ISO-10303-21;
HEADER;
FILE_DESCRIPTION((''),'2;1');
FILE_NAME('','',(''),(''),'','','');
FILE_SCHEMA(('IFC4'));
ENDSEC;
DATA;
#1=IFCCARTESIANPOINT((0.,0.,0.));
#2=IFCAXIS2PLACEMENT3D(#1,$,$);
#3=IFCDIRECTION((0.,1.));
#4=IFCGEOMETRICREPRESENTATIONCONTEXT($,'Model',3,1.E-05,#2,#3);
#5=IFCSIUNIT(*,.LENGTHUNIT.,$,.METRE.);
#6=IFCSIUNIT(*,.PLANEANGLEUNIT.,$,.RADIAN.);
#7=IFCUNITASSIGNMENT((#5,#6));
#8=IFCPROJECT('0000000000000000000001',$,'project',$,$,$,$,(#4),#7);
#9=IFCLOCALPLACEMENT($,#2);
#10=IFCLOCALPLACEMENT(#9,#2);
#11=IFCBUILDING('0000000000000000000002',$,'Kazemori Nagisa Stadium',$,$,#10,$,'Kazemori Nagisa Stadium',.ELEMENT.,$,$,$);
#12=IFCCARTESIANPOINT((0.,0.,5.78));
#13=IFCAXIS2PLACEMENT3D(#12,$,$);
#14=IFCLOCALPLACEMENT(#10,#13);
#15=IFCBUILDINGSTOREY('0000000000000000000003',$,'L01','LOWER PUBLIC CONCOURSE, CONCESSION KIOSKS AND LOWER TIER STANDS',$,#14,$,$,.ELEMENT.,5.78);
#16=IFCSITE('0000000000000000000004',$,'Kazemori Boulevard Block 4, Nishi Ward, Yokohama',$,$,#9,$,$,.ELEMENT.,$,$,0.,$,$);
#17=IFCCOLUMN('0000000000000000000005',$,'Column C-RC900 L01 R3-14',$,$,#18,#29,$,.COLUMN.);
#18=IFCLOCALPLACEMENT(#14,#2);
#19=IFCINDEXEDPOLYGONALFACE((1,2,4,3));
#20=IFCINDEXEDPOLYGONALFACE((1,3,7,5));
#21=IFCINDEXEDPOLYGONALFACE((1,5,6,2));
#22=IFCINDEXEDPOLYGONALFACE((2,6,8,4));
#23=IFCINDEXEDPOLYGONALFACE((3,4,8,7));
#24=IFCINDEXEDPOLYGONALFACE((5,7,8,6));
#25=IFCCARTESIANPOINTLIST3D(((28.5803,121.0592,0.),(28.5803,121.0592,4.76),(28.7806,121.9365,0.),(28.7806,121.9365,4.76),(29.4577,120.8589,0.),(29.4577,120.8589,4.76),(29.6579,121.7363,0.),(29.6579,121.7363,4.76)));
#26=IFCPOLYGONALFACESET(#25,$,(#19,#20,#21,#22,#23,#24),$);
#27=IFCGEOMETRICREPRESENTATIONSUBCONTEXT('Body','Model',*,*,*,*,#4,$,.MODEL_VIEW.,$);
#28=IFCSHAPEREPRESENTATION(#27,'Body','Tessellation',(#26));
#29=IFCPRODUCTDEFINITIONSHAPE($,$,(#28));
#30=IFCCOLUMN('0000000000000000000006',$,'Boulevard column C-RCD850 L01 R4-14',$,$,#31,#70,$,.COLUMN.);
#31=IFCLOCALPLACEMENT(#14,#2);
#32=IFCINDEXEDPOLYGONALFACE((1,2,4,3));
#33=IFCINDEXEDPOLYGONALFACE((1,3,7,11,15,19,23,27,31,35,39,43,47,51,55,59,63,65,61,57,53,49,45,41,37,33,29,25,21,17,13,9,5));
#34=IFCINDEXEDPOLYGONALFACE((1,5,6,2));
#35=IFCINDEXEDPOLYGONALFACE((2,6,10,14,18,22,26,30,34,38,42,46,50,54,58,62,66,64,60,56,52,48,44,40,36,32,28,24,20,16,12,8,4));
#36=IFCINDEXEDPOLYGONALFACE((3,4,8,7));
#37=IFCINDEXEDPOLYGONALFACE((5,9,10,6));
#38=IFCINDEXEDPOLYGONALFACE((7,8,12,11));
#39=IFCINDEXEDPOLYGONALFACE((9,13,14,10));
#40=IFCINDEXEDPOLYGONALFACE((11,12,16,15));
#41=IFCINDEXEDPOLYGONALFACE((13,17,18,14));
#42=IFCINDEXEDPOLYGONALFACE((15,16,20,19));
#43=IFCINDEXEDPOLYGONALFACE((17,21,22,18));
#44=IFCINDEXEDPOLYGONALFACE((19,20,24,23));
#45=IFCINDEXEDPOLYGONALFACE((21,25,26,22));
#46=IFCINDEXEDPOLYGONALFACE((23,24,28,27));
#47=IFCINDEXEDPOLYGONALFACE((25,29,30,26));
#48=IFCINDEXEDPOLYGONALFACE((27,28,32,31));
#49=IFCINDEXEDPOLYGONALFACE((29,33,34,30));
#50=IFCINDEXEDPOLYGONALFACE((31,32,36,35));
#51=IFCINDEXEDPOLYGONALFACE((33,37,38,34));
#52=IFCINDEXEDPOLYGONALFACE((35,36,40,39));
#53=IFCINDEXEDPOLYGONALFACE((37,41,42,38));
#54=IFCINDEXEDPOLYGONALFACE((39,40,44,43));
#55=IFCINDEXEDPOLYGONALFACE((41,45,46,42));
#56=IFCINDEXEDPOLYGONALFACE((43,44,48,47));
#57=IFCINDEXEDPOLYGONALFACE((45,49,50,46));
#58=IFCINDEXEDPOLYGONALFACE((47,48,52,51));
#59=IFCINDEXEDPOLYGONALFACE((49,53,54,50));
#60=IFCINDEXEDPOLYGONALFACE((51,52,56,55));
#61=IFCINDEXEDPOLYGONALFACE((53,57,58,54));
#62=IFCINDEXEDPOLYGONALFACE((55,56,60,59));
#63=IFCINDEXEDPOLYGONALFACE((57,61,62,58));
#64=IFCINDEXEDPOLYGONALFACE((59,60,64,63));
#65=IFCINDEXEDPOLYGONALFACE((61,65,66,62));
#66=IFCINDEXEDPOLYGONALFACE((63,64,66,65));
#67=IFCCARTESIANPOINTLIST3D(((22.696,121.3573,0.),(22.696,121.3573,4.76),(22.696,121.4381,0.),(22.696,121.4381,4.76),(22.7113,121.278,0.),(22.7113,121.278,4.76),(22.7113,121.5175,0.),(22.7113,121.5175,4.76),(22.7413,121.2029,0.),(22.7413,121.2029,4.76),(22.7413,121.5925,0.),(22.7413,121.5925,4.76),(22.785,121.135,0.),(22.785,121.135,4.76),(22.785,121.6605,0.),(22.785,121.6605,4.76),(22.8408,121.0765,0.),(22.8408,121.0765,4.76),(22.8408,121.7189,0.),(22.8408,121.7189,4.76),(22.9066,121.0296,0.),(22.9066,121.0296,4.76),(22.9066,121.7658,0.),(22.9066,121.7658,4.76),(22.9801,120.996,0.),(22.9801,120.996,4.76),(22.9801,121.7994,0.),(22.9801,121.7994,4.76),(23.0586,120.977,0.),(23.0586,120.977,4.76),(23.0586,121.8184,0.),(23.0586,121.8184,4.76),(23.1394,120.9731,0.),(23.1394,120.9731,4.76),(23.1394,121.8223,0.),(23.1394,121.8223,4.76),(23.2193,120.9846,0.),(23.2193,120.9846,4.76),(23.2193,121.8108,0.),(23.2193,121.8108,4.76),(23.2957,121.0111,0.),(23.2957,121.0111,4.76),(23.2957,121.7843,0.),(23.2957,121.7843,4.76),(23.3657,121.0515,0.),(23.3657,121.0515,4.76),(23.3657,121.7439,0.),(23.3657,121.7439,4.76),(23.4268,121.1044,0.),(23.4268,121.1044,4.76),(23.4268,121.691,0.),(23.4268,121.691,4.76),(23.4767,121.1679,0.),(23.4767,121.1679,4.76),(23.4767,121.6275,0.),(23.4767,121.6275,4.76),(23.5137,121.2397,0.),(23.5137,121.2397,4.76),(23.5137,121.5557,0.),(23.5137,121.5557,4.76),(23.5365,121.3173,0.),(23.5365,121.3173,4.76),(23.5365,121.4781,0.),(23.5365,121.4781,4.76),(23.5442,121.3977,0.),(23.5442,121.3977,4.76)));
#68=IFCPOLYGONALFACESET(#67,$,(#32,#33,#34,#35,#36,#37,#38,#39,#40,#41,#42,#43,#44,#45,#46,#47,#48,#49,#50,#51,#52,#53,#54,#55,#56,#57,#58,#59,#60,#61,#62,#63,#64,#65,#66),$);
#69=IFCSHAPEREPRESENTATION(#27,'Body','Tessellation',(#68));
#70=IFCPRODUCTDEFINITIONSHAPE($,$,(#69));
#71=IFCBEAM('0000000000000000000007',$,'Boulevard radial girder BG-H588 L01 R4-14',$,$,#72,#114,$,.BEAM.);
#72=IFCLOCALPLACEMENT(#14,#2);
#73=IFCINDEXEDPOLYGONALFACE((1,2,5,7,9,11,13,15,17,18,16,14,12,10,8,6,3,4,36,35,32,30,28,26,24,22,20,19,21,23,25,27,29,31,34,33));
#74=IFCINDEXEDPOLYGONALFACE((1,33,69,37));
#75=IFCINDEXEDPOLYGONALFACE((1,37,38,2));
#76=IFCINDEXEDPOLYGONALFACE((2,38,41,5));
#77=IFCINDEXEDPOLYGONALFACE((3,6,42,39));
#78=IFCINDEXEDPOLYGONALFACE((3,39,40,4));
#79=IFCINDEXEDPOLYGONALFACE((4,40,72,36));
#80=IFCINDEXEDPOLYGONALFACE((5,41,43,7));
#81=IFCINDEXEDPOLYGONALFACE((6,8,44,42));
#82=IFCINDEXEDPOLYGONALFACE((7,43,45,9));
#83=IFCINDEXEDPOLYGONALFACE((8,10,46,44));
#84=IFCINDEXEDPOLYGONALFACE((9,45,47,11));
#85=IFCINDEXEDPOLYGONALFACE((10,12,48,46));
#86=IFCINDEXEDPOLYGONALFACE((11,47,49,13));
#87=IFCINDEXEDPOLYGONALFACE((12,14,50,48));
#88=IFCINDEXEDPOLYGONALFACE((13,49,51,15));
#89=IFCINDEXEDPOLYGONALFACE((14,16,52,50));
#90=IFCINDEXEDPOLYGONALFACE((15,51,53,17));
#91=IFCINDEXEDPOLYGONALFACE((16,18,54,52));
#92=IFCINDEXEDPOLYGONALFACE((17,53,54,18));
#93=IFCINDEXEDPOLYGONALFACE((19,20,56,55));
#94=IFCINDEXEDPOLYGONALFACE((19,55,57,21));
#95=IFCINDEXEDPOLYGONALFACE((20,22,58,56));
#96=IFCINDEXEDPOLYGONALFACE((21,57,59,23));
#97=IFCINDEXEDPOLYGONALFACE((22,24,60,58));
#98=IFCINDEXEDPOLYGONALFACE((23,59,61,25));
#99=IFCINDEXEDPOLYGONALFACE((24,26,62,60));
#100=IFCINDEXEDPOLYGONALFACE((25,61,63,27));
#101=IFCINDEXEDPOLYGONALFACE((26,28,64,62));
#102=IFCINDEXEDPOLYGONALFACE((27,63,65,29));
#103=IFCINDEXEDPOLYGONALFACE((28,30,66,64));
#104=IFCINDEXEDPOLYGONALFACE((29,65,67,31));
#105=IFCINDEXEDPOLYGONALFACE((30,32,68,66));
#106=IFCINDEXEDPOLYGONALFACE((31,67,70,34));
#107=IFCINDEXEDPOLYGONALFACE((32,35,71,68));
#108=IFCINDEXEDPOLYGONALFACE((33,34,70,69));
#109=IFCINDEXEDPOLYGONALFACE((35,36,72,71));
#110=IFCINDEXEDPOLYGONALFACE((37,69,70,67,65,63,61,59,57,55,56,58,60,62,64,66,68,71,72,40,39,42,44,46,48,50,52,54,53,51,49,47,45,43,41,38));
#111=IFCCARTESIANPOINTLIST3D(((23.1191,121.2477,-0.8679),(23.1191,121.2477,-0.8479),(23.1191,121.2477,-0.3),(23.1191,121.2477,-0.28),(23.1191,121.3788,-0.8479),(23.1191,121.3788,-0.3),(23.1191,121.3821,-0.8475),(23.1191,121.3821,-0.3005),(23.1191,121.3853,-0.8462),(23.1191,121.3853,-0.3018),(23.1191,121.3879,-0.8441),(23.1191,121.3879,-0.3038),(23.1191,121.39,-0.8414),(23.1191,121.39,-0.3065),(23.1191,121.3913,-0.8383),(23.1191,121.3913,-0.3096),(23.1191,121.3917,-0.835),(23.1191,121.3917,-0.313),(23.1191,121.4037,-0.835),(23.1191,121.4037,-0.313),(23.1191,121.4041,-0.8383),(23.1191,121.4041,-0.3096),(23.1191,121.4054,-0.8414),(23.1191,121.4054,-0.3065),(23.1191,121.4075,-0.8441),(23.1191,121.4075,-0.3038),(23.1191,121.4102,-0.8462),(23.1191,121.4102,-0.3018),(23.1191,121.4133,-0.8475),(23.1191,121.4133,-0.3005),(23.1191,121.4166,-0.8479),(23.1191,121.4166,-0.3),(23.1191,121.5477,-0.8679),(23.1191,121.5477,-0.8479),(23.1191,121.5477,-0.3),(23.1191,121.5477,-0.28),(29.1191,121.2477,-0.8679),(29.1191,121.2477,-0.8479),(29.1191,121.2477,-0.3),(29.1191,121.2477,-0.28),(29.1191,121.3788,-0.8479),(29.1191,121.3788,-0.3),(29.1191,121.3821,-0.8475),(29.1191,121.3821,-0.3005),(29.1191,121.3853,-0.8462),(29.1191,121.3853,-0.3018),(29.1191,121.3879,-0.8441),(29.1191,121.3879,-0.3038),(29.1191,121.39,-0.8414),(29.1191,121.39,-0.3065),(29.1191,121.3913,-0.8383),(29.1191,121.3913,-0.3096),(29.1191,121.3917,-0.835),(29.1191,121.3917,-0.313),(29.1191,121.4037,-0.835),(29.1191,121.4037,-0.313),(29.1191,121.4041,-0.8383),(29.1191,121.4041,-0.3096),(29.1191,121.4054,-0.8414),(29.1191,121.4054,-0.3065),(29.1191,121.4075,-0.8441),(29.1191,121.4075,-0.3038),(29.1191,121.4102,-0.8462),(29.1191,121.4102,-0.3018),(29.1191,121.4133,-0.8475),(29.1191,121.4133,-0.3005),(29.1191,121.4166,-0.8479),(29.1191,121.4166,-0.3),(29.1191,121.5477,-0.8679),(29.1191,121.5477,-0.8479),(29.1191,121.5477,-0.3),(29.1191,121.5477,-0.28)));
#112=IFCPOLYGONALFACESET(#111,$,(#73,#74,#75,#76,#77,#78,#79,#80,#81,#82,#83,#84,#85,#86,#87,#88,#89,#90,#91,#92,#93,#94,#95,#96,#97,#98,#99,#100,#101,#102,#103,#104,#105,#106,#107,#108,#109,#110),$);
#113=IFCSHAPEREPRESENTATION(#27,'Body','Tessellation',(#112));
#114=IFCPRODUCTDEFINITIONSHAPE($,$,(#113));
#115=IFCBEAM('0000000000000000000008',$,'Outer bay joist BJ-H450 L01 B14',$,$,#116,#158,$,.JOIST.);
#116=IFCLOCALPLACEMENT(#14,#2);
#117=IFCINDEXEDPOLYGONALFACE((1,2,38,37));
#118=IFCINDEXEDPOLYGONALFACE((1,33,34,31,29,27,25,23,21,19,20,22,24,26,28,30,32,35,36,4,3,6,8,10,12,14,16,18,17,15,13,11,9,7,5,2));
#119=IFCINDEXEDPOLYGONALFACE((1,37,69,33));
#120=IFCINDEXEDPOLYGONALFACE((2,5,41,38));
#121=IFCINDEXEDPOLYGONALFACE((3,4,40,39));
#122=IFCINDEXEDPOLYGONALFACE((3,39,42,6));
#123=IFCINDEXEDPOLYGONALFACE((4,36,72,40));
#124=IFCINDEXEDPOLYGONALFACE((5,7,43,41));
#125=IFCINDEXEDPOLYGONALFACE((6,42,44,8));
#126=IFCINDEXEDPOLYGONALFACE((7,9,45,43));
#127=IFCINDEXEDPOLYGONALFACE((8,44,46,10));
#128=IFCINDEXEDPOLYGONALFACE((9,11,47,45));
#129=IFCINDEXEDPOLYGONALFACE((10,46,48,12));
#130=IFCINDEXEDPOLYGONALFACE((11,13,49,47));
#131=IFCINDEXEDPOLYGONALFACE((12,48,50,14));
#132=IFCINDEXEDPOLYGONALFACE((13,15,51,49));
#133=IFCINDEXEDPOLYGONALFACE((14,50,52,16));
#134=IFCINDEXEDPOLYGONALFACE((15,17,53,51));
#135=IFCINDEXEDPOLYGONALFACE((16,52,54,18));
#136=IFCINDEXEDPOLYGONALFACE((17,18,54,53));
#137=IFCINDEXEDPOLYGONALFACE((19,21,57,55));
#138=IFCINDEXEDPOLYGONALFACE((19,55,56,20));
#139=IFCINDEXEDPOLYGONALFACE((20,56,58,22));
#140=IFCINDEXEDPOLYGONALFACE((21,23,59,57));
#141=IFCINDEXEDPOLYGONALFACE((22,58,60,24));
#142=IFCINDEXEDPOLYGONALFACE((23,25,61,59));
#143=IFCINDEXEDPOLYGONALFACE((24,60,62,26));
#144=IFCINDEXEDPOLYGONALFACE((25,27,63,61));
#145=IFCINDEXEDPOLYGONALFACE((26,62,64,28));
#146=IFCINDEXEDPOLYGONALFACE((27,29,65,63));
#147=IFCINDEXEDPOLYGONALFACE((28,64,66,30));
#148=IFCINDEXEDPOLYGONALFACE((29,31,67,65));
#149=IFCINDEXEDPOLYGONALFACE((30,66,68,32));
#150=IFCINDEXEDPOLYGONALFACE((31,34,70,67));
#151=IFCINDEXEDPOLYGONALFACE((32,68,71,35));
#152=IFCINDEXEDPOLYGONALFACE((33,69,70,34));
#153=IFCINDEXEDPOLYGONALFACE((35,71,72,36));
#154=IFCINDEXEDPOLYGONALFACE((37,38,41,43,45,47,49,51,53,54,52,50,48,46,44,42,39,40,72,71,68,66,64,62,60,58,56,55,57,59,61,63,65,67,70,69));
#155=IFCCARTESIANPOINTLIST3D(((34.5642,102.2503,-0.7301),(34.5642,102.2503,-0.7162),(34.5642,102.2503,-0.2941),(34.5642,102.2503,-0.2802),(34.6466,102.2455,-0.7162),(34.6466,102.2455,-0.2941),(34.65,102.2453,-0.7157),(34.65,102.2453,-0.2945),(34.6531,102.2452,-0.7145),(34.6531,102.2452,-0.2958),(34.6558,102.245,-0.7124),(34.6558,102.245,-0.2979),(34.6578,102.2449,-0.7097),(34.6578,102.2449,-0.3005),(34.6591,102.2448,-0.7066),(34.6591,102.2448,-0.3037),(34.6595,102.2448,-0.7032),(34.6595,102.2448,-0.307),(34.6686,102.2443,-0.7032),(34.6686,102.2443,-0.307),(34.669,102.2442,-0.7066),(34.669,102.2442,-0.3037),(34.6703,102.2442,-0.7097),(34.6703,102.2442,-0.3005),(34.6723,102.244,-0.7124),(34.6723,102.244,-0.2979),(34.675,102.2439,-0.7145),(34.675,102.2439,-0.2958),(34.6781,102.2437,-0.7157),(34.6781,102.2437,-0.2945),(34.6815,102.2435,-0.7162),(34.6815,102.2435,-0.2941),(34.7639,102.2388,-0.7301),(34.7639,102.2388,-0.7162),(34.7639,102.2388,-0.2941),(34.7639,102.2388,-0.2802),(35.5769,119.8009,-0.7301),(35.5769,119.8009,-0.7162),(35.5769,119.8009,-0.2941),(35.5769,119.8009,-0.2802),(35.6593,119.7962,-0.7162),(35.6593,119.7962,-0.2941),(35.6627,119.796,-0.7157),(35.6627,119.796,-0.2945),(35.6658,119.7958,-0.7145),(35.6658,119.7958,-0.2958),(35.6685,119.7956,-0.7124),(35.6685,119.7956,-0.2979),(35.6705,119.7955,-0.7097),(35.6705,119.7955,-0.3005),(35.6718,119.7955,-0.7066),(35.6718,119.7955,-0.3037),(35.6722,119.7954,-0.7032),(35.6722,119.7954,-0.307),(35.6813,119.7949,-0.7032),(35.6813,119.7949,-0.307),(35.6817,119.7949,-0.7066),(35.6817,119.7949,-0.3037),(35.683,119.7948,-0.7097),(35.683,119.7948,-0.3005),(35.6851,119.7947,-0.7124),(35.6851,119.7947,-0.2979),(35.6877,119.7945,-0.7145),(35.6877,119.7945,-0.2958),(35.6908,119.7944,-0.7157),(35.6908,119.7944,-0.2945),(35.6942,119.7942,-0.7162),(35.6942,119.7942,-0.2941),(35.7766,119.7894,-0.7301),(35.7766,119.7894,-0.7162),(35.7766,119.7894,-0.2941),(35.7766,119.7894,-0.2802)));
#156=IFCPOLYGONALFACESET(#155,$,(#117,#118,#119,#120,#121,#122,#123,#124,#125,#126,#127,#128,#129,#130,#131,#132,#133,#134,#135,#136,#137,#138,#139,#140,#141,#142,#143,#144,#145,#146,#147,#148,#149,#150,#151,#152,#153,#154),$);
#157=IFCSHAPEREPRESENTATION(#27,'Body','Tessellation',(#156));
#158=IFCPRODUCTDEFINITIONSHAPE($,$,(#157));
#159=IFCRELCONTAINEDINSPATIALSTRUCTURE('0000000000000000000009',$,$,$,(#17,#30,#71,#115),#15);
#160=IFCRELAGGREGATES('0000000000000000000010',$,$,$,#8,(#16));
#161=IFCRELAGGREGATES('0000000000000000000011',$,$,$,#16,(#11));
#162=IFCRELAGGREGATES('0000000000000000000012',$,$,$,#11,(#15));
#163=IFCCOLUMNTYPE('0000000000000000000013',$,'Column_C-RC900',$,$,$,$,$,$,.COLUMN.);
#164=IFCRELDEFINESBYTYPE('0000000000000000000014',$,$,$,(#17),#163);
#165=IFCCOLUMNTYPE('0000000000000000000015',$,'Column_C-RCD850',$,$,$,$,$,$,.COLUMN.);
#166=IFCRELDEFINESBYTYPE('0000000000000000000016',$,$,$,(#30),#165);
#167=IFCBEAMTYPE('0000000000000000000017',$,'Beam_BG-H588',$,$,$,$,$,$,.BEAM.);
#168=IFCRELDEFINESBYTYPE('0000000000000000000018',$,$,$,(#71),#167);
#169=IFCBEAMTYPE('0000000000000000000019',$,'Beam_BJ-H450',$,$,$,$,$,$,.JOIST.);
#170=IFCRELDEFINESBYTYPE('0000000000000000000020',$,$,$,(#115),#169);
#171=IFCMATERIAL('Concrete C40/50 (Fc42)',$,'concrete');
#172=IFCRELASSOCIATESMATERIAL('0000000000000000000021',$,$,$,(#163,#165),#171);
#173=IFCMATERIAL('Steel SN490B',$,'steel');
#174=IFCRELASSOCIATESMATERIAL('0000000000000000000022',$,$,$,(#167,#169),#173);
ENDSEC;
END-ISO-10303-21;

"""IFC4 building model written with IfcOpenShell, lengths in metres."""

from ifc_helpers import new_model, si_unit, direction, frame, origin, origin_2d, place, context, subcontext, project, spatial, rectangle, circle, i_section, extrude, material, material_profile, profile_set, type_object, element, save


model = new_model("IFC4")

# Units and contexts
model_context = context("Model", 3, precision=1e-05, world=origin(), true_north=direction((0.0, 1.0)))
body_context = subcontext(model_context, "Body", "Model", "MODEL_VIEW")
ifc_project = project(units=[si_unit("LENGTHUNIT", "METRE"), si_unit("PLANEANGLEUNIT", "RADIAN")], contexts=[model_context])

# Site, building, storey
site_placement = place(None, origin())
site = spatial("IfcSite", under=ifc_project, at=site_placement, Name="Kazemori Boulevard Block 4, Nishi Ward, Yokohama", CompositionType="ELEMENT", RefElevation=0.0)
building_placement = place(site_placement, origin())
building = spatial("IfcBuilding", under=site, at=building_placement, Name="Kazemori Nagisa Stadium", LongName="Kazemori Nagisa Stadium", CompositionType="ELEMENT")
storey_placement = place(building_placement, frame((0.0, 0.0, 5.78)))
storey = spatial("IfcBuildingStorey", under=building, at=storey_placement, Name="L01", Description="LOWER PUBLIC CONCOURSE, CONCESSION KIOSKS AND LOWER TIER STANDS", CompositionType="ELEMENT", Elevation=5.78)

# Columns
ifc_material_1 = material(Name="Concrete C40/50 (Fc42)", Category="concrete")
ifc_material_profile_1 = material_profile(ifc_material_1, rectangle(XDim=0.8999, YDim=0.8999, at=origin_2d()), Name="RC-COL-900x900")
ifc_profile_set_1 = profile_set([ifc_material_profile_1], Name="Concrete C40/50 (Fc42)")
column_type_1 = type_object("IfcColumnType", Name="Column_C-RC900", PredefinedType="COLUMN", material=ifc_profile_set_1)
column_1_placement = place(storey_placement, frame((29.1191, 121.3977, 0.0), z_axis=(0.0, 0.0, 1.0), x_axis=(-0.974928, 0.222521, 0.0)))
element("IfcColumn", 1, at=column_1_placement, inside=storey, type_object=column_type_1, Name="Column C-RC900 L01 R3-14", PredefinedType="COLUMN", context=body_context, shape_type="SweptSolid", body=[
    extrude(rectangle(XDim=0.8999, YDim=0.8999, at=origin_2d()), origin(), (0.0, 0.0, 1.0), 4.76),
])
ifc_material_profile_2 = material_profile(ifc_material_1, circle(Radius=0.425, at=origin_2d()), Name="RC-COL-D850")
ifc_profile_set_2 = profile_set([ifc_material_profile_2], Name="Concrete C40/50 (Fc42)")
column_type_2 = type_object("IfcColumnType", Name="Column_C-RCD850", PredefinedType="COLUMN", material=ifc_profile_set_2)
column_2_placement = place(storey_placement, frame((23.1191, 121.3977, 0.0), z_axis=(0.0, 0.0, 1.0), x_axis=(1.0, 0.0, 0.0)))
element("IfcColumn", 2, at=column_2_placement, inside=storey, type_object=column_type_2, Name="Boulevard column C-RCD850 L01 R4-14", PredefinedType="COLUMN", context=body_context, shape_type="SweptSolid", body=[
    extrude(circle(Radius=0.425, at=origin_2d()), origin(), (0.0, 0.0, 1.0), 4.76),
])

# Beams
ifc_material_2 = material(Name="Steel SN490B", Category="steel")
ifc_material_profile_3 = material_profile(ifc_material_2, i_section(OverallWidth=0.3, OverallDepth=0.5879, WebThickness=0.012, FlangeThickness=0.02, FilletRadius=0.0129, at=origin_2d()), Name="H-588x300x12x20")
ifc_profile_set_3 = profile_set([ifc_material_profile_3], Name="Steel SN490B")
beam_type_1 = type_object("IfcBeamType", Name="Beam_BG-H588", PredefinedType="BEAM", material=ifc_profile_set_3)
beam_1_placement = place(storey_placement, frame((29.1191, 121.3977, -0.574), z_axis=(-1.0, 0.0, 0.0), x_axis=(0.0, -1.0, 0.0)))
element("IfcBeam", 3, at=beam_1_placement, inside=storey, type_object=beam_type_1, Name="Boulevard radial girder BG-H588 L01 R4-14", PredefinedType="BEAM", context=body_context, shape_type="SweptSolid", body=[
    extrude(i_section(OverallWidth=0.3, OverallDepth=0.5879, WebThickness=0.012, FlangeThickness=0.02, FilletRadius=0.0129, at=origin_2d()), origin(), (0.0, 0.0, 1.0), 6.0),
])
ifc_material_profile_4 = material_profile(ifc_material_2, i_section(OverallWidth=0.2, OverallDepth=0.45, WebThickness=0.009, FlangeThickness=0.0139, FilletRadius=0.0129, at=origin_2d()), Name="H-450x200x9x14")
ifc_profile_set_4 = profile_set([ifc_material_profile_4], Name="Steel SN490B")
beam_type_2 = type_object("IfcBeamType", Name="Beam_BJ-H450", PredefinedType="JOIST", material=ifc_profile_set_4)
beam_2_placement = place(storey_placement, frame((35.6768, 119.7952, -0.5051), z_axis=(-0.057606, -0.998339, 0.0), x_axis=(0.998339, -0.057606, 0.0)))
element("IfcBeam", 4, at=beam_2_placement, inside=storey, type_object=beam_type_2, Name="Outer bay joist BJ-H450 L01 B14", PredefinedType="JOIST", context=body_context, shape_type="SweptSolid", body=[
    extrude(i_section(OverallWidth=0.2, OverallDepth=0.45, WebThickness=0.009, FlangeThickness=0.0139, FilletRadius=0.0129, at=origin_2d()), origin(), (0.0, 0.0, 1.0), 17.5798),
])

save(model, "model.ifc")
